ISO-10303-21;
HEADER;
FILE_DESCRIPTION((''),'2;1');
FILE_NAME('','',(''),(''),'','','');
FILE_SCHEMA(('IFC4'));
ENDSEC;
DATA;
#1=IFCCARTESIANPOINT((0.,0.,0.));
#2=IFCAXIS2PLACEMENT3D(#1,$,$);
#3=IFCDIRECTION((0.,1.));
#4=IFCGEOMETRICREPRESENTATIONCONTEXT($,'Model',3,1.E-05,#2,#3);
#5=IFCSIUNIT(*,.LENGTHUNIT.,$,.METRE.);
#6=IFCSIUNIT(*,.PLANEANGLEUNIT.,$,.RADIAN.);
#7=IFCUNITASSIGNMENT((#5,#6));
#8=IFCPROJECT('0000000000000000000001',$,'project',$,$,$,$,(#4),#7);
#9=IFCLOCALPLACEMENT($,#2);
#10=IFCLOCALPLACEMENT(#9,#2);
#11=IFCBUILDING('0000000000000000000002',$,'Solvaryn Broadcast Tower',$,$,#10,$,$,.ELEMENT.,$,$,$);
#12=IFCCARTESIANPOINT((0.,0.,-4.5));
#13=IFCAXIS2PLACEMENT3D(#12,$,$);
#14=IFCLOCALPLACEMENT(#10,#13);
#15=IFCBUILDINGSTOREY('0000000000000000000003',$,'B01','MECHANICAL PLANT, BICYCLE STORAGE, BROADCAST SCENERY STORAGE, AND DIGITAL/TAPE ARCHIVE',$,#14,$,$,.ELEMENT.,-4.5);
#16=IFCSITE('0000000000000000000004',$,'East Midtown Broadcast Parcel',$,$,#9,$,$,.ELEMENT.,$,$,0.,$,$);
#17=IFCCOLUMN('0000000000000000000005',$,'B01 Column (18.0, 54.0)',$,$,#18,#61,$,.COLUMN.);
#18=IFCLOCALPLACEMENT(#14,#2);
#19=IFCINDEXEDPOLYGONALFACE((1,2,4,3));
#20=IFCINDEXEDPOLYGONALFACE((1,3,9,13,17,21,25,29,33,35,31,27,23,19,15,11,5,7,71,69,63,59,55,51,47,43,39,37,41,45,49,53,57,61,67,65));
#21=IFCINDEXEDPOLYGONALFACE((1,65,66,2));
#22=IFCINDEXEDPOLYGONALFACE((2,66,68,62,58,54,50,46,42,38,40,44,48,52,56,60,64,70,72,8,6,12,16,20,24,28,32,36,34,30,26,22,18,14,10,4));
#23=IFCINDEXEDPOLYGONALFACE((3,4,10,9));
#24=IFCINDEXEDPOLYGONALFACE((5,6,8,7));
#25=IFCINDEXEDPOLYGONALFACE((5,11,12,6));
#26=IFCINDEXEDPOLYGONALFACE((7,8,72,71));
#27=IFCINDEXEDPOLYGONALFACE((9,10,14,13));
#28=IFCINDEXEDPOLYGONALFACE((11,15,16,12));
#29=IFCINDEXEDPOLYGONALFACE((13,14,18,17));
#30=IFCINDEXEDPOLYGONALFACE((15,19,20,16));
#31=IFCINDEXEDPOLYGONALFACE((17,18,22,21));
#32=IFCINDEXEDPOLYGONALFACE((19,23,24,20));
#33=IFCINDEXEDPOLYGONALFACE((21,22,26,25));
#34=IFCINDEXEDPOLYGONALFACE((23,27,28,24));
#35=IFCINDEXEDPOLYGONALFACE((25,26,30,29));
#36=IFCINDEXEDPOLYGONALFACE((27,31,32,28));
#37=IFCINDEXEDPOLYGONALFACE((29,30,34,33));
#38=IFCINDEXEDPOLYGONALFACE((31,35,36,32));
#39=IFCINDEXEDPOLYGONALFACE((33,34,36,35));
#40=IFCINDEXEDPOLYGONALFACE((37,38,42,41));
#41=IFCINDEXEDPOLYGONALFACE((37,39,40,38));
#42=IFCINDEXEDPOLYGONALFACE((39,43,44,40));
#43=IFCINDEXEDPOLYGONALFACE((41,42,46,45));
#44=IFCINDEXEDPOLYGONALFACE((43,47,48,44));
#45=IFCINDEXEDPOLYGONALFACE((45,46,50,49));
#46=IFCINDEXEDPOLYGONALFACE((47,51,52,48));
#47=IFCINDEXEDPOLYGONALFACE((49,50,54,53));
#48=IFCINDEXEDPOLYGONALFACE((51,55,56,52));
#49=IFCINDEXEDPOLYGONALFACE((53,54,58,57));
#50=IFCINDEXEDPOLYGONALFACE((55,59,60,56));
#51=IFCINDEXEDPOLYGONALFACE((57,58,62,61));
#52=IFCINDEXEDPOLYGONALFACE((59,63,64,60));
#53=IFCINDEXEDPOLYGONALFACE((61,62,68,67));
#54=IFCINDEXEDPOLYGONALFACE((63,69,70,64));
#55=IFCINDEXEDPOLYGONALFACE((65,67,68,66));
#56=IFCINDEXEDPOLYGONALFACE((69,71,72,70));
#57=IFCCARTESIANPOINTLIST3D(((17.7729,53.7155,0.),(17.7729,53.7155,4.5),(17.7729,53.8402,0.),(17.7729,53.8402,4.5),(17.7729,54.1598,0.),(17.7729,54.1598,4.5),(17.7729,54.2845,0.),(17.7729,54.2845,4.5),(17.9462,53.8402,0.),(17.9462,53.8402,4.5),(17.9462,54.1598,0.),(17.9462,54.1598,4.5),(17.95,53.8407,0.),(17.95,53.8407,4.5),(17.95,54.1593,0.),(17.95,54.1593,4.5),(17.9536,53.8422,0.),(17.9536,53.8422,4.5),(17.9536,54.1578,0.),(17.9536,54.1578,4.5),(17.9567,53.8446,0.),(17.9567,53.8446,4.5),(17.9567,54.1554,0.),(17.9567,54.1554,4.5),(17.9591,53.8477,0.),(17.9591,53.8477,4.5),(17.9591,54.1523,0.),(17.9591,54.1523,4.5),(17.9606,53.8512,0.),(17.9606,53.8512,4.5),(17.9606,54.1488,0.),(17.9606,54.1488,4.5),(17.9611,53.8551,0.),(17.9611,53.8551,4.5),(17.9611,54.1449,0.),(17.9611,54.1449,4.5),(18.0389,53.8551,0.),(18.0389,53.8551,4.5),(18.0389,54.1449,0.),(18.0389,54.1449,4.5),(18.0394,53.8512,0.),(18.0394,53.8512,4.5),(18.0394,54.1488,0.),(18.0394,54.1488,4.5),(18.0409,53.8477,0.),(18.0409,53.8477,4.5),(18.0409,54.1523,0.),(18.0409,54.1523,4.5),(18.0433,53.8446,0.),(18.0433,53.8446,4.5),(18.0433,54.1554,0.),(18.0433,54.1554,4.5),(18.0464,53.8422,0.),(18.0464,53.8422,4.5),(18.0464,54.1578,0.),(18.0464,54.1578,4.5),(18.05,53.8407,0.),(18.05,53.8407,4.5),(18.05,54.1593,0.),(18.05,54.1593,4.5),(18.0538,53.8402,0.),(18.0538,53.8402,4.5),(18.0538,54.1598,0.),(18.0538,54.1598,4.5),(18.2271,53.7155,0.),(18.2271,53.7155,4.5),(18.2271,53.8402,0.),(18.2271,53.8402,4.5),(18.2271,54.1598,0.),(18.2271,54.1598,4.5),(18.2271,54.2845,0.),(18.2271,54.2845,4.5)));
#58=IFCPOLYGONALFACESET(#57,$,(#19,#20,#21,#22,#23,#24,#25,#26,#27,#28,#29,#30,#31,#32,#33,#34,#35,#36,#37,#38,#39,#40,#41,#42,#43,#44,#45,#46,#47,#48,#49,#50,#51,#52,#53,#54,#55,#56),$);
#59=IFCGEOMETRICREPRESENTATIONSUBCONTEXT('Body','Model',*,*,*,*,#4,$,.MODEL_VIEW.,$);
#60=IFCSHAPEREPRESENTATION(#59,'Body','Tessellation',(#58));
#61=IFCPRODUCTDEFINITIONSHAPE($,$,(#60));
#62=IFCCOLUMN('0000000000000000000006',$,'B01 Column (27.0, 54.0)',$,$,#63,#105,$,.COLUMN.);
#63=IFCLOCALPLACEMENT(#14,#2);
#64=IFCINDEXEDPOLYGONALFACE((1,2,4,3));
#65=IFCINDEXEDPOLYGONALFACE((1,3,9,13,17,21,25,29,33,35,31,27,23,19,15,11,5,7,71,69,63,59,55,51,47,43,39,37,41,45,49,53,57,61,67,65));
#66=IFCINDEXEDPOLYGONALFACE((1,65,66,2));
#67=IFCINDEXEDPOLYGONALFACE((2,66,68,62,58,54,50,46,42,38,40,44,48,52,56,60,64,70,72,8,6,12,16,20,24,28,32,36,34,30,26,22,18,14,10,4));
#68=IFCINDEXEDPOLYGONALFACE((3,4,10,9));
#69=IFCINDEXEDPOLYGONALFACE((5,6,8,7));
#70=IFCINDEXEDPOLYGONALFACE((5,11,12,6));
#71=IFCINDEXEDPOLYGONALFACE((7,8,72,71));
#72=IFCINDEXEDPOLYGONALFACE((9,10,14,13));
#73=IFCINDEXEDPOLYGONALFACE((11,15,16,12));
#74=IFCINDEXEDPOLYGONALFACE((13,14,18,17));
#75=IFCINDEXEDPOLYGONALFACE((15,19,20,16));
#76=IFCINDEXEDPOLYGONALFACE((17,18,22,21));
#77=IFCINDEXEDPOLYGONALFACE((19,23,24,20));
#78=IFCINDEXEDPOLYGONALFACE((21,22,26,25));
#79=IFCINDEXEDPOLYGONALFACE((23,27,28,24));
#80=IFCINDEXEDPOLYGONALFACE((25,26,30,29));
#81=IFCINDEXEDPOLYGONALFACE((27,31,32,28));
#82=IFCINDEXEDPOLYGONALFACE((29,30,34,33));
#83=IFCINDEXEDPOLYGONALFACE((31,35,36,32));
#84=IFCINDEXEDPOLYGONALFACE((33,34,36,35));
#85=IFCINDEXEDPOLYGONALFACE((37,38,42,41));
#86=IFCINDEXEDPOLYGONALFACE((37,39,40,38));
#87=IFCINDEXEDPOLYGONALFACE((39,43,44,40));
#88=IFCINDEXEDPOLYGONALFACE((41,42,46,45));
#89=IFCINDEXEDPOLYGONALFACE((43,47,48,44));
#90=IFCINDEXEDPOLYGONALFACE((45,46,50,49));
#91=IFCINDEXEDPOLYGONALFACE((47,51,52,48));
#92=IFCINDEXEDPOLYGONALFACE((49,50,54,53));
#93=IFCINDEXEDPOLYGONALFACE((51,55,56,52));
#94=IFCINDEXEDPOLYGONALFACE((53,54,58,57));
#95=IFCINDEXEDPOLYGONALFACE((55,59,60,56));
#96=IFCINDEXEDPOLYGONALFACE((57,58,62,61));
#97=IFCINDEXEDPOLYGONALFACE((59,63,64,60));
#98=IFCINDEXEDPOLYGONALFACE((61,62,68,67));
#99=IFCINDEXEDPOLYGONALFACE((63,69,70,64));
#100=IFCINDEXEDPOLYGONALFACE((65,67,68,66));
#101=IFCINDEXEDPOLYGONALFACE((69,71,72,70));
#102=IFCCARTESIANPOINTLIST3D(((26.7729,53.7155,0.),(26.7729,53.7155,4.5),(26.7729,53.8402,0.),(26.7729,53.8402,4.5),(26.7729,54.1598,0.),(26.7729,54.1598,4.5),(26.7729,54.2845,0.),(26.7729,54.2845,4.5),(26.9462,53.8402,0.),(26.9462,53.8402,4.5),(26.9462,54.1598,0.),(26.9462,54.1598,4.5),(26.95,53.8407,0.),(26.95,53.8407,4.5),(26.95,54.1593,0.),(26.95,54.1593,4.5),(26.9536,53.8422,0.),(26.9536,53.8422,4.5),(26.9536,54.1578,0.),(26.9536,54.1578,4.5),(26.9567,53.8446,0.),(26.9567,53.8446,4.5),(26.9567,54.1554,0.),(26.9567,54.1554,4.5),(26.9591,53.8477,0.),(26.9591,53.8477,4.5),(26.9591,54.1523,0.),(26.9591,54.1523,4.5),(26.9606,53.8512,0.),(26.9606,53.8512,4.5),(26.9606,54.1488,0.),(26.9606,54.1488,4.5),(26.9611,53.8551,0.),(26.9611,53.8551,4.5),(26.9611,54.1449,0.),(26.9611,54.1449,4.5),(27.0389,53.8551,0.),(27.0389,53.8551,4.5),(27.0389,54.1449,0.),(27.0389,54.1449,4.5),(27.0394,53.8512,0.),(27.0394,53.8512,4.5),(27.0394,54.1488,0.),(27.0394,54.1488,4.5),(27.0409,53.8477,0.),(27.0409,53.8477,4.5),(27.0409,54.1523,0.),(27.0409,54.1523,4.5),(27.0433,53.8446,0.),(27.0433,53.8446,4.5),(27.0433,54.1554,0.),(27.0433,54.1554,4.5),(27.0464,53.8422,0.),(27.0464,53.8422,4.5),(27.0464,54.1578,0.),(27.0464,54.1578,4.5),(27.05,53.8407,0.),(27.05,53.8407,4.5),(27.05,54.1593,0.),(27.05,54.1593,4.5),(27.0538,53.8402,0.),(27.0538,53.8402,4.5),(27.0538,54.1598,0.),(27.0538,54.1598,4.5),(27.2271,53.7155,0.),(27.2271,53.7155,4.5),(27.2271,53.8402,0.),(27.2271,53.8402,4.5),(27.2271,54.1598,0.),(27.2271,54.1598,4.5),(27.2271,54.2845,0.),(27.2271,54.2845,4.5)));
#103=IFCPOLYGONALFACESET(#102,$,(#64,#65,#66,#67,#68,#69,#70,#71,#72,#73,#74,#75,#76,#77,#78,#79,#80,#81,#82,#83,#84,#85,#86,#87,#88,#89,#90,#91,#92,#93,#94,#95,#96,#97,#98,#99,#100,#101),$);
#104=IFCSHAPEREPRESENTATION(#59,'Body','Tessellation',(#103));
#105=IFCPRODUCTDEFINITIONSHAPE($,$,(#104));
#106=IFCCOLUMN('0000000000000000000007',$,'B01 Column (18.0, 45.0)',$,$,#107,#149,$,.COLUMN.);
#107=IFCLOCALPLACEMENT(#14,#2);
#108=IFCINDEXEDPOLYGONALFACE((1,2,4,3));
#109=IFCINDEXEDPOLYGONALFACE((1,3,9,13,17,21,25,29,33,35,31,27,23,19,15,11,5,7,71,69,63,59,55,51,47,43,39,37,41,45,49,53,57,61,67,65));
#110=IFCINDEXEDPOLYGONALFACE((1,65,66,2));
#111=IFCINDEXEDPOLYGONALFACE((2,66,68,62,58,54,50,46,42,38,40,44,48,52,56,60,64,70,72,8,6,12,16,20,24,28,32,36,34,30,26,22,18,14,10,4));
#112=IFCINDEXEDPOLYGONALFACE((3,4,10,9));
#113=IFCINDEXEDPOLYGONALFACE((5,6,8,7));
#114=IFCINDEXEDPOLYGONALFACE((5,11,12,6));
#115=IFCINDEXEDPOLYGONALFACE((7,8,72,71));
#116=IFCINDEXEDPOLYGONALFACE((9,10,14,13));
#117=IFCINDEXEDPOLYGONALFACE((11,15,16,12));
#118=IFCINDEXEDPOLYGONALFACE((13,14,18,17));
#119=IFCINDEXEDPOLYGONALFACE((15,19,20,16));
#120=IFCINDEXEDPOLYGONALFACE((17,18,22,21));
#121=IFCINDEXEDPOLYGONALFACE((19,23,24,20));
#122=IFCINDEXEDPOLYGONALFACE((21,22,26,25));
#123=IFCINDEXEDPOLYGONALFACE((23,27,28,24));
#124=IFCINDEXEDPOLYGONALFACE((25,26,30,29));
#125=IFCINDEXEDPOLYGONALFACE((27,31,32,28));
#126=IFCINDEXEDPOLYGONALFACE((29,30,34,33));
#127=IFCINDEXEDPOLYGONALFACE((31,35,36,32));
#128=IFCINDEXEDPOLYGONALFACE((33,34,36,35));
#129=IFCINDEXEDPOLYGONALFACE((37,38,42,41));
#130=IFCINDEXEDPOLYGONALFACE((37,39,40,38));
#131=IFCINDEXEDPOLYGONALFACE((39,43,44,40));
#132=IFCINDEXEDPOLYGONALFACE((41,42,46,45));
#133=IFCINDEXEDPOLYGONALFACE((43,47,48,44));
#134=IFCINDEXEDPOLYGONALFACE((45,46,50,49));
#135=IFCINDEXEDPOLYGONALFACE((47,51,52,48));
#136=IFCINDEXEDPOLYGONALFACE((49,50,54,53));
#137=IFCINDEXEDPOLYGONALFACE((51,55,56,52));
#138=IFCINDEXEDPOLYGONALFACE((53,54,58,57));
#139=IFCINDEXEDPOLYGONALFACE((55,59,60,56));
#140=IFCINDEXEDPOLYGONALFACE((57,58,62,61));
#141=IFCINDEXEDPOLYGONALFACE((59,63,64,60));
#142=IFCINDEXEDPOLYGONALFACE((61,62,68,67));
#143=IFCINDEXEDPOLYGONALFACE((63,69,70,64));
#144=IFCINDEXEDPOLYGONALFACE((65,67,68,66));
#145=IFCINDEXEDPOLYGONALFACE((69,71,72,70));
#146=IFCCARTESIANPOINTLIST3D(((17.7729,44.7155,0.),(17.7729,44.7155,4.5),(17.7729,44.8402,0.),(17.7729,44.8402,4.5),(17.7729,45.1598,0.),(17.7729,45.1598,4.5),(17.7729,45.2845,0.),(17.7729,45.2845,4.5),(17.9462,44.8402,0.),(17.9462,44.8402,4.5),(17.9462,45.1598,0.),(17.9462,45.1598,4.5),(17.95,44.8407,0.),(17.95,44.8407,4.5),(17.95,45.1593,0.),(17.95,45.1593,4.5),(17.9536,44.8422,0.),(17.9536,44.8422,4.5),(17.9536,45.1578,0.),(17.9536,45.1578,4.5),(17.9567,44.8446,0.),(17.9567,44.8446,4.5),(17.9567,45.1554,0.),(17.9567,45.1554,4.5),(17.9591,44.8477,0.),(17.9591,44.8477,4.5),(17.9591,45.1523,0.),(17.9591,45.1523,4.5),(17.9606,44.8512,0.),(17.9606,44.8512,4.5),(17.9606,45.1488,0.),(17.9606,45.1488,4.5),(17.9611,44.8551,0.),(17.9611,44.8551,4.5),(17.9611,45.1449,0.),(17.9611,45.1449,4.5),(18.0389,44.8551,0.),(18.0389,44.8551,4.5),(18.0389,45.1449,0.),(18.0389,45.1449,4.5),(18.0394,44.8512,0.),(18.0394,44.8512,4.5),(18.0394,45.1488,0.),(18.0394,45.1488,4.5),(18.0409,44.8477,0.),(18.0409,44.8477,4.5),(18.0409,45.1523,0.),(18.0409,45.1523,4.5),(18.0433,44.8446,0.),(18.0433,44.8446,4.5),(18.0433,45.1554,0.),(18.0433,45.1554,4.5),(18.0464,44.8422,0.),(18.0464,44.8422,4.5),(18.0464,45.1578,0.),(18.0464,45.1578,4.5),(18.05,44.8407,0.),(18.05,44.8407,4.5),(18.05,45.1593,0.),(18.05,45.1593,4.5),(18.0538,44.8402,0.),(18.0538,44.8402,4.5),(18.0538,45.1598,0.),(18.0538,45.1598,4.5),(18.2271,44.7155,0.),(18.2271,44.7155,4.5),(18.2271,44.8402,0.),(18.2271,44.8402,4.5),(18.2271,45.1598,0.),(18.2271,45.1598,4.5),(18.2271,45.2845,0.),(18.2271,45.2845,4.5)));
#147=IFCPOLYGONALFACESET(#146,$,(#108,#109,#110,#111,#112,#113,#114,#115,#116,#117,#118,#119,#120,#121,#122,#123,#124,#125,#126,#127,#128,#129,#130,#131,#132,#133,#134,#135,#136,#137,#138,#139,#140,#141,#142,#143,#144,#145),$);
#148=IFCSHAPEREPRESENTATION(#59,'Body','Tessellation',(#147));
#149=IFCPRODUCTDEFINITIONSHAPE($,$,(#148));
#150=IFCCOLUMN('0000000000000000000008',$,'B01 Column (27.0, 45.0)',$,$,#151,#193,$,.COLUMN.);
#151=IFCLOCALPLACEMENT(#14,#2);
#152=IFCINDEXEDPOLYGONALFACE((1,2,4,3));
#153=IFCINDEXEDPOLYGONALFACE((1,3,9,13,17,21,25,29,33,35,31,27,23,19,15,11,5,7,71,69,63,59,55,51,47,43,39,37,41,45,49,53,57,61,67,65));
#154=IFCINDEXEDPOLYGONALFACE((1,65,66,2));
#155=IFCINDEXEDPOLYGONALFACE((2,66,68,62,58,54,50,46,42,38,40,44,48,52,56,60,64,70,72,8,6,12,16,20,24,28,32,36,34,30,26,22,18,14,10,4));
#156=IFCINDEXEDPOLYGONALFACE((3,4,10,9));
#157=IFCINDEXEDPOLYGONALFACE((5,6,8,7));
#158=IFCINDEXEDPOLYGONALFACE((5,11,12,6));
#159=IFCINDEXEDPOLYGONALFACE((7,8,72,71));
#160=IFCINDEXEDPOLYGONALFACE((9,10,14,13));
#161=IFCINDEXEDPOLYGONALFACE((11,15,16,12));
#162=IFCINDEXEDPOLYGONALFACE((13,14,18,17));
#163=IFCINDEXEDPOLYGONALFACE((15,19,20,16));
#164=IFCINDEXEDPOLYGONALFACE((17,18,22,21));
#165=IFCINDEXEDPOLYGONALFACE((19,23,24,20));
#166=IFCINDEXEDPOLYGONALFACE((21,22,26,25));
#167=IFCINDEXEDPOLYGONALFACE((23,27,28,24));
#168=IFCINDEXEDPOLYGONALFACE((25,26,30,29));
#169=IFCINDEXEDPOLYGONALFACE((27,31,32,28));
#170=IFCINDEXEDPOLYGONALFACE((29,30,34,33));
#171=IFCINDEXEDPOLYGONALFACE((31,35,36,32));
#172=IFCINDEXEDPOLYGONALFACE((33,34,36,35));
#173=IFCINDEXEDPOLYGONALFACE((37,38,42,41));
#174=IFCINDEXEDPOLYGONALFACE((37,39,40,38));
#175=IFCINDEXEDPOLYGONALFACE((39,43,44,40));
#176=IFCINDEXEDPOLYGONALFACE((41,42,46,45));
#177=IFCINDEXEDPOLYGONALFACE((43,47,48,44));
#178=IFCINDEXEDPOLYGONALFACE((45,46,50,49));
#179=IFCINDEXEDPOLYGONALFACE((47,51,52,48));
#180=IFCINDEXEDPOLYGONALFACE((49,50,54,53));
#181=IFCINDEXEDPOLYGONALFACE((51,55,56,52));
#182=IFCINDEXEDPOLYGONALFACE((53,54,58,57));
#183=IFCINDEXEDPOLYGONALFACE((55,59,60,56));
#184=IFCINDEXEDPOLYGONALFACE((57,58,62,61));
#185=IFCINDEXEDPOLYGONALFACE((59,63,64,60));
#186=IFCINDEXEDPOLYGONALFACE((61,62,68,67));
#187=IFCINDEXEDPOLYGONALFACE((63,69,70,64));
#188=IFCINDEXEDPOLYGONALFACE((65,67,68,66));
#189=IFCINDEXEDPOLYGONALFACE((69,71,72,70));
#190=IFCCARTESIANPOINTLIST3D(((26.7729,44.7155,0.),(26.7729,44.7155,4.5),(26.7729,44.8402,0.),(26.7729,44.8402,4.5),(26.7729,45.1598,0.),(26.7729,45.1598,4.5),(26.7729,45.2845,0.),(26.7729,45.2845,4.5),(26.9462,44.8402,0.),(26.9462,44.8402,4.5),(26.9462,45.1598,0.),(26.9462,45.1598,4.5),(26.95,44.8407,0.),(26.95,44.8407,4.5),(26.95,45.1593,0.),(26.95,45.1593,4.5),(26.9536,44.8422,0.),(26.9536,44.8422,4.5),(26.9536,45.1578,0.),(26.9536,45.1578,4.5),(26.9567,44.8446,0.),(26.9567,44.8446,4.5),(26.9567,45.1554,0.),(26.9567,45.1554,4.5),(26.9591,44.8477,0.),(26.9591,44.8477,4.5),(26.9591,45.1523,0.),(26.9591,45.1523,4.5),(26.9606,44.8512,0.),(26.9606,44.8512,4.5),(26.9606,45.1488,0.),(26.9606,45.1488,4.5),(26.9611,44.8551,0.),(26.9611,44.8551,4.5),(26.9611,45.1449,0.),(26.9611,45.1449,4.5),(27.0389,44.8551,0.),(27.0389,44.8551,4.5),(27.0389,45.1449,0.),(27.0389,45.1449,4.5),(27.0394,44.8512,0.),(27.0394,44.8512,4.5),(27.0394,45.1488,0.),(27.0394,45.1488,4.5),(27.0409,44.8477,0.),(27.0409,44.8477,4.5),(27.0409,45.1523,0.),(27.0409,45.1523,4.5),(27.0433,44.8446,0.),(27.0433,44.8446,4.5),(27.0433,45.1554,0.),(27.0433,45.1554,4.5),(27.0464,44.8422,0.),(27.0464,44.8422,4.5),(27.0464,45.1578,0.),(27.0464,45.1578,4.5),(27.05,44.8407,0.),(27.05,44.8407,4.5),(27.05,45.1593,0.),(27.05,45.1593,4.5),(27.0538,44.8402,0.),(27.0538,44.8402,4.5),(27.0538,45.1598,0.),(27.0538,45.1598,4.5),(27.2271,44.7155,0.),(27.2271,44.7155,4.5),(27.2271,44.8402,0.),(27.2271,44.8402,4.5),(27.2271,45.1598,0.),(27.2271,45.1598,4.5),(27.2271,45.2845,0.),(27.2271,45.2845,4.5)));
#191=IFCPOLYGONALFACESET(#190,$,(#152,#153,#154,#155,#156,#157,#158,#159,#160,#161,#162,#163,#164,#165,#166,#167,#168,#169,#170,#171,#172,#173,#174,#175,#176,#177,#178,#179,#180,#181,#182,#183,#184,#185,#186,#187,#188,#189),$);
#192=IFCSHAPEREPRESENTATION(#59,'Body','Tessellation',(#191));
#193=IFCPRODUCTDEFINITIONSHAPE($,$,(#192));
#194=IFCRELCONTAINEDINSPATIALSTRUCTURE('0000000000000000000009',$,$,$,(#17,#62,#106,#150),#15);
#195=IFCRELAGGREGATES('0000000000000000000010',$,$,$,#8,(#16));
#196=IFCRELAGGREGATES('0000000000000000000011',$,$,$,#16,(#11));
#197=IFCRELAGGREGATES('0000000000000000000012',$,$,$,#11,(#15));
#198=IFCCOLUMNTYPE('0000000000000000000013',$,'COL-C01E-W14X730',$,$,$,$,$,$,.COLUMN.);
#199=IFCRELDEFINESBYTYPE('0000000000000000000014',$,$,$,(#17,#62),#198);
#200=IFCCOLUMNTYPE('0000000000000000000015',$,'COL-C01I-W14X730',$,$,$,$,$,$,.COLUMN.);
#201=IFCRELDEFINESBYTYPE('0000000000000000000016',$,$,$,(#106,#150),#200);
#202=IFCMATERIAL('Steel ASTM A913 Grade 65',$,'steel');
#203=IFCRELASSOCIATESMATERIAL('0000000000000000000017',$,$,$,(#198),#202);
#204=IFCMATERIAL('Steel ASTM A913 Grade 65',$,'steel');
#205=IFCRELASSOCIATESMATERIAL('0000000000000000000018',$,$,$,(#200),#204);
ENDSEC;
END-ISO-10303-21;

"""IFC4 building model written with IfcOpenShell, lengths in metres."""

from ifc_helpers import new_model, si_unit, direction, frame, origin, origin_2d, place, context, subcontext, project, spatial, i_section, extrude, material, material_profile, profile_set, type_object, element, save


model = new_model("IFC4")

# Units and contexts
model_context = context("Model", 3, precision=1e-05, world=origin(), true_north=direction((0.0, 1.0)))
body_context = subcontext(model_context, "Body", "Model", "MODEL_VIEW")
ifc_project = project(units=[si_unit("LENGTHUNIT", "METRE"), si_unit("PLANEANGLEUNIT", "RADIAN")], contexts=[model_context])

# Site, building, storey
site_placement = place(None, origin())
site = spatial("IfcSite", under=ifc_project, at=site_placement, Name="East Midtown Broadcast Parcel", CompositionType="ELEMENT", RefElevation=0.0)
building_placement = place(site_placement, origin())
building = spatial("IfcBuilding", under=site, at=building_placement, Name="Solvaryn Broadcast Tower", CompositionType="ELEMENT")
storey_placement = place(building_placement, frame((0.0, 0.0, -4.5)))
storey = spatial("IfcBuildingStorey", under=building, at=storey_placement, Name="B01", Description="MECHANICAL PLANT, BICYCLE STORAGE, BROADCAST SCENERY STORAGE, AND DIGITAL/TAPE ARCHIVE", CompositionType="ELEMENT", Elevation=-4.5)

# Columns
ifc_material_1 = material(Name="Steel ASTM A913 Grade 65", Category="steel")
ifc_material_profile_1 = material_profile(ifc_material_1, i_section(OverallWidth=0.4541, OverallDepth=0.5691, WebThickness=0.0779, FlangeThickness=0.1248, FilletRadius=0.0149, at=origin_2d()))
ifc_profile_set_1 = profile_set([ifc_material_profile_1], Name="Steel ASTM A913 Grade 65")
column_type_1 = type_object("IfcColumnType", Name="COL-C01E-W14X730", PredefinedType="COLUMN", material=ifc_profile_set_1)
for number, where, z_axis, x_axis, name in (
    (1, (18.0, 54.0, 0.0), (0.0, 0.0, 1.0), (1.0, 0.0, 0.0), "B01 Column (18.0, 54.0)"),
    (2, (27.0, 54.0, 0.0), (0.0, 0.0, 1.0), (1.0, 0.0, 0.0), "B01 Column (27.0, 54.0)"),
):
    element("IfcColumn", number, at=place(storey_placement, frame(where, z_axis=z_axis, x_axis=x_axis)), inside=storey, type_object=column_type_1, Name=name, PredefinedType="COLUMN", context=body_context, shape_type="SweptSolid", body=[
        extrude(i_section(OverallWidth=0.4541, OverallDepth=0.5691, WebThickness=0.0779, FlangeThickness=0.1248, FilletRadius=0.0149, at=origin_2d()), origin(), (0.0, 0.0, 1.0), 4.5),
    ])
ifc_material_2 = material(Name="Steel ASTM A913 Grade 65", Category="steel")
ifc_material_profile_2 = material_profile(ifc_material_2, i_section(OverallWidth=0.4541, OverallDepth=0.5691, WebThickness=0.0779, FlangeThickness=0.1248, FilletRadius=0.0149, at=origin_2d()))
ifc_profile_set_2 = profile_set([ifc_material_profile_2], Name="Steel ASTM A913 Grade 65")
column_type_2 = type_object("IfcColumnType", Name="COL-C01I-W14X730", PredefinedType="COLUMN", material=ifc_profile_set_2)
for number, where, z_axis, x_axis, name in (
    (3, (18.0, 45.0, 0.0), (0.0, 0.0, 1.0), (1.0, 0.0, 0.0), "B01 Column (18.0, 45.0)"),
    (4, (27.0, 45.0, 0.0), (0.0, 0.0, 1.0), (1.0, 0.0, 0.0), "B01 Column (27.0, 45.0)"),
):
    element("IfcColumn", number, at=place(storey_placement, frame(where, z_axis=z_axis, x_axis=x_axis)), inside=storey, type_object=column_type_2, Name=name, PredefinedType="COLUMN", context=body_context, shape_type="SweptSolid", body=[
        extrude(i_section(OverallWidth=0.4541, OverallDepth=0.5691, WebThickness=0.0779, FlangeThickness=0.1248, FilletRadius=0.0149, at=origin_2d()), origin(), (0.0, 0.0, 1.0), 4.5),
    ])

save(model, "model.ifc")
